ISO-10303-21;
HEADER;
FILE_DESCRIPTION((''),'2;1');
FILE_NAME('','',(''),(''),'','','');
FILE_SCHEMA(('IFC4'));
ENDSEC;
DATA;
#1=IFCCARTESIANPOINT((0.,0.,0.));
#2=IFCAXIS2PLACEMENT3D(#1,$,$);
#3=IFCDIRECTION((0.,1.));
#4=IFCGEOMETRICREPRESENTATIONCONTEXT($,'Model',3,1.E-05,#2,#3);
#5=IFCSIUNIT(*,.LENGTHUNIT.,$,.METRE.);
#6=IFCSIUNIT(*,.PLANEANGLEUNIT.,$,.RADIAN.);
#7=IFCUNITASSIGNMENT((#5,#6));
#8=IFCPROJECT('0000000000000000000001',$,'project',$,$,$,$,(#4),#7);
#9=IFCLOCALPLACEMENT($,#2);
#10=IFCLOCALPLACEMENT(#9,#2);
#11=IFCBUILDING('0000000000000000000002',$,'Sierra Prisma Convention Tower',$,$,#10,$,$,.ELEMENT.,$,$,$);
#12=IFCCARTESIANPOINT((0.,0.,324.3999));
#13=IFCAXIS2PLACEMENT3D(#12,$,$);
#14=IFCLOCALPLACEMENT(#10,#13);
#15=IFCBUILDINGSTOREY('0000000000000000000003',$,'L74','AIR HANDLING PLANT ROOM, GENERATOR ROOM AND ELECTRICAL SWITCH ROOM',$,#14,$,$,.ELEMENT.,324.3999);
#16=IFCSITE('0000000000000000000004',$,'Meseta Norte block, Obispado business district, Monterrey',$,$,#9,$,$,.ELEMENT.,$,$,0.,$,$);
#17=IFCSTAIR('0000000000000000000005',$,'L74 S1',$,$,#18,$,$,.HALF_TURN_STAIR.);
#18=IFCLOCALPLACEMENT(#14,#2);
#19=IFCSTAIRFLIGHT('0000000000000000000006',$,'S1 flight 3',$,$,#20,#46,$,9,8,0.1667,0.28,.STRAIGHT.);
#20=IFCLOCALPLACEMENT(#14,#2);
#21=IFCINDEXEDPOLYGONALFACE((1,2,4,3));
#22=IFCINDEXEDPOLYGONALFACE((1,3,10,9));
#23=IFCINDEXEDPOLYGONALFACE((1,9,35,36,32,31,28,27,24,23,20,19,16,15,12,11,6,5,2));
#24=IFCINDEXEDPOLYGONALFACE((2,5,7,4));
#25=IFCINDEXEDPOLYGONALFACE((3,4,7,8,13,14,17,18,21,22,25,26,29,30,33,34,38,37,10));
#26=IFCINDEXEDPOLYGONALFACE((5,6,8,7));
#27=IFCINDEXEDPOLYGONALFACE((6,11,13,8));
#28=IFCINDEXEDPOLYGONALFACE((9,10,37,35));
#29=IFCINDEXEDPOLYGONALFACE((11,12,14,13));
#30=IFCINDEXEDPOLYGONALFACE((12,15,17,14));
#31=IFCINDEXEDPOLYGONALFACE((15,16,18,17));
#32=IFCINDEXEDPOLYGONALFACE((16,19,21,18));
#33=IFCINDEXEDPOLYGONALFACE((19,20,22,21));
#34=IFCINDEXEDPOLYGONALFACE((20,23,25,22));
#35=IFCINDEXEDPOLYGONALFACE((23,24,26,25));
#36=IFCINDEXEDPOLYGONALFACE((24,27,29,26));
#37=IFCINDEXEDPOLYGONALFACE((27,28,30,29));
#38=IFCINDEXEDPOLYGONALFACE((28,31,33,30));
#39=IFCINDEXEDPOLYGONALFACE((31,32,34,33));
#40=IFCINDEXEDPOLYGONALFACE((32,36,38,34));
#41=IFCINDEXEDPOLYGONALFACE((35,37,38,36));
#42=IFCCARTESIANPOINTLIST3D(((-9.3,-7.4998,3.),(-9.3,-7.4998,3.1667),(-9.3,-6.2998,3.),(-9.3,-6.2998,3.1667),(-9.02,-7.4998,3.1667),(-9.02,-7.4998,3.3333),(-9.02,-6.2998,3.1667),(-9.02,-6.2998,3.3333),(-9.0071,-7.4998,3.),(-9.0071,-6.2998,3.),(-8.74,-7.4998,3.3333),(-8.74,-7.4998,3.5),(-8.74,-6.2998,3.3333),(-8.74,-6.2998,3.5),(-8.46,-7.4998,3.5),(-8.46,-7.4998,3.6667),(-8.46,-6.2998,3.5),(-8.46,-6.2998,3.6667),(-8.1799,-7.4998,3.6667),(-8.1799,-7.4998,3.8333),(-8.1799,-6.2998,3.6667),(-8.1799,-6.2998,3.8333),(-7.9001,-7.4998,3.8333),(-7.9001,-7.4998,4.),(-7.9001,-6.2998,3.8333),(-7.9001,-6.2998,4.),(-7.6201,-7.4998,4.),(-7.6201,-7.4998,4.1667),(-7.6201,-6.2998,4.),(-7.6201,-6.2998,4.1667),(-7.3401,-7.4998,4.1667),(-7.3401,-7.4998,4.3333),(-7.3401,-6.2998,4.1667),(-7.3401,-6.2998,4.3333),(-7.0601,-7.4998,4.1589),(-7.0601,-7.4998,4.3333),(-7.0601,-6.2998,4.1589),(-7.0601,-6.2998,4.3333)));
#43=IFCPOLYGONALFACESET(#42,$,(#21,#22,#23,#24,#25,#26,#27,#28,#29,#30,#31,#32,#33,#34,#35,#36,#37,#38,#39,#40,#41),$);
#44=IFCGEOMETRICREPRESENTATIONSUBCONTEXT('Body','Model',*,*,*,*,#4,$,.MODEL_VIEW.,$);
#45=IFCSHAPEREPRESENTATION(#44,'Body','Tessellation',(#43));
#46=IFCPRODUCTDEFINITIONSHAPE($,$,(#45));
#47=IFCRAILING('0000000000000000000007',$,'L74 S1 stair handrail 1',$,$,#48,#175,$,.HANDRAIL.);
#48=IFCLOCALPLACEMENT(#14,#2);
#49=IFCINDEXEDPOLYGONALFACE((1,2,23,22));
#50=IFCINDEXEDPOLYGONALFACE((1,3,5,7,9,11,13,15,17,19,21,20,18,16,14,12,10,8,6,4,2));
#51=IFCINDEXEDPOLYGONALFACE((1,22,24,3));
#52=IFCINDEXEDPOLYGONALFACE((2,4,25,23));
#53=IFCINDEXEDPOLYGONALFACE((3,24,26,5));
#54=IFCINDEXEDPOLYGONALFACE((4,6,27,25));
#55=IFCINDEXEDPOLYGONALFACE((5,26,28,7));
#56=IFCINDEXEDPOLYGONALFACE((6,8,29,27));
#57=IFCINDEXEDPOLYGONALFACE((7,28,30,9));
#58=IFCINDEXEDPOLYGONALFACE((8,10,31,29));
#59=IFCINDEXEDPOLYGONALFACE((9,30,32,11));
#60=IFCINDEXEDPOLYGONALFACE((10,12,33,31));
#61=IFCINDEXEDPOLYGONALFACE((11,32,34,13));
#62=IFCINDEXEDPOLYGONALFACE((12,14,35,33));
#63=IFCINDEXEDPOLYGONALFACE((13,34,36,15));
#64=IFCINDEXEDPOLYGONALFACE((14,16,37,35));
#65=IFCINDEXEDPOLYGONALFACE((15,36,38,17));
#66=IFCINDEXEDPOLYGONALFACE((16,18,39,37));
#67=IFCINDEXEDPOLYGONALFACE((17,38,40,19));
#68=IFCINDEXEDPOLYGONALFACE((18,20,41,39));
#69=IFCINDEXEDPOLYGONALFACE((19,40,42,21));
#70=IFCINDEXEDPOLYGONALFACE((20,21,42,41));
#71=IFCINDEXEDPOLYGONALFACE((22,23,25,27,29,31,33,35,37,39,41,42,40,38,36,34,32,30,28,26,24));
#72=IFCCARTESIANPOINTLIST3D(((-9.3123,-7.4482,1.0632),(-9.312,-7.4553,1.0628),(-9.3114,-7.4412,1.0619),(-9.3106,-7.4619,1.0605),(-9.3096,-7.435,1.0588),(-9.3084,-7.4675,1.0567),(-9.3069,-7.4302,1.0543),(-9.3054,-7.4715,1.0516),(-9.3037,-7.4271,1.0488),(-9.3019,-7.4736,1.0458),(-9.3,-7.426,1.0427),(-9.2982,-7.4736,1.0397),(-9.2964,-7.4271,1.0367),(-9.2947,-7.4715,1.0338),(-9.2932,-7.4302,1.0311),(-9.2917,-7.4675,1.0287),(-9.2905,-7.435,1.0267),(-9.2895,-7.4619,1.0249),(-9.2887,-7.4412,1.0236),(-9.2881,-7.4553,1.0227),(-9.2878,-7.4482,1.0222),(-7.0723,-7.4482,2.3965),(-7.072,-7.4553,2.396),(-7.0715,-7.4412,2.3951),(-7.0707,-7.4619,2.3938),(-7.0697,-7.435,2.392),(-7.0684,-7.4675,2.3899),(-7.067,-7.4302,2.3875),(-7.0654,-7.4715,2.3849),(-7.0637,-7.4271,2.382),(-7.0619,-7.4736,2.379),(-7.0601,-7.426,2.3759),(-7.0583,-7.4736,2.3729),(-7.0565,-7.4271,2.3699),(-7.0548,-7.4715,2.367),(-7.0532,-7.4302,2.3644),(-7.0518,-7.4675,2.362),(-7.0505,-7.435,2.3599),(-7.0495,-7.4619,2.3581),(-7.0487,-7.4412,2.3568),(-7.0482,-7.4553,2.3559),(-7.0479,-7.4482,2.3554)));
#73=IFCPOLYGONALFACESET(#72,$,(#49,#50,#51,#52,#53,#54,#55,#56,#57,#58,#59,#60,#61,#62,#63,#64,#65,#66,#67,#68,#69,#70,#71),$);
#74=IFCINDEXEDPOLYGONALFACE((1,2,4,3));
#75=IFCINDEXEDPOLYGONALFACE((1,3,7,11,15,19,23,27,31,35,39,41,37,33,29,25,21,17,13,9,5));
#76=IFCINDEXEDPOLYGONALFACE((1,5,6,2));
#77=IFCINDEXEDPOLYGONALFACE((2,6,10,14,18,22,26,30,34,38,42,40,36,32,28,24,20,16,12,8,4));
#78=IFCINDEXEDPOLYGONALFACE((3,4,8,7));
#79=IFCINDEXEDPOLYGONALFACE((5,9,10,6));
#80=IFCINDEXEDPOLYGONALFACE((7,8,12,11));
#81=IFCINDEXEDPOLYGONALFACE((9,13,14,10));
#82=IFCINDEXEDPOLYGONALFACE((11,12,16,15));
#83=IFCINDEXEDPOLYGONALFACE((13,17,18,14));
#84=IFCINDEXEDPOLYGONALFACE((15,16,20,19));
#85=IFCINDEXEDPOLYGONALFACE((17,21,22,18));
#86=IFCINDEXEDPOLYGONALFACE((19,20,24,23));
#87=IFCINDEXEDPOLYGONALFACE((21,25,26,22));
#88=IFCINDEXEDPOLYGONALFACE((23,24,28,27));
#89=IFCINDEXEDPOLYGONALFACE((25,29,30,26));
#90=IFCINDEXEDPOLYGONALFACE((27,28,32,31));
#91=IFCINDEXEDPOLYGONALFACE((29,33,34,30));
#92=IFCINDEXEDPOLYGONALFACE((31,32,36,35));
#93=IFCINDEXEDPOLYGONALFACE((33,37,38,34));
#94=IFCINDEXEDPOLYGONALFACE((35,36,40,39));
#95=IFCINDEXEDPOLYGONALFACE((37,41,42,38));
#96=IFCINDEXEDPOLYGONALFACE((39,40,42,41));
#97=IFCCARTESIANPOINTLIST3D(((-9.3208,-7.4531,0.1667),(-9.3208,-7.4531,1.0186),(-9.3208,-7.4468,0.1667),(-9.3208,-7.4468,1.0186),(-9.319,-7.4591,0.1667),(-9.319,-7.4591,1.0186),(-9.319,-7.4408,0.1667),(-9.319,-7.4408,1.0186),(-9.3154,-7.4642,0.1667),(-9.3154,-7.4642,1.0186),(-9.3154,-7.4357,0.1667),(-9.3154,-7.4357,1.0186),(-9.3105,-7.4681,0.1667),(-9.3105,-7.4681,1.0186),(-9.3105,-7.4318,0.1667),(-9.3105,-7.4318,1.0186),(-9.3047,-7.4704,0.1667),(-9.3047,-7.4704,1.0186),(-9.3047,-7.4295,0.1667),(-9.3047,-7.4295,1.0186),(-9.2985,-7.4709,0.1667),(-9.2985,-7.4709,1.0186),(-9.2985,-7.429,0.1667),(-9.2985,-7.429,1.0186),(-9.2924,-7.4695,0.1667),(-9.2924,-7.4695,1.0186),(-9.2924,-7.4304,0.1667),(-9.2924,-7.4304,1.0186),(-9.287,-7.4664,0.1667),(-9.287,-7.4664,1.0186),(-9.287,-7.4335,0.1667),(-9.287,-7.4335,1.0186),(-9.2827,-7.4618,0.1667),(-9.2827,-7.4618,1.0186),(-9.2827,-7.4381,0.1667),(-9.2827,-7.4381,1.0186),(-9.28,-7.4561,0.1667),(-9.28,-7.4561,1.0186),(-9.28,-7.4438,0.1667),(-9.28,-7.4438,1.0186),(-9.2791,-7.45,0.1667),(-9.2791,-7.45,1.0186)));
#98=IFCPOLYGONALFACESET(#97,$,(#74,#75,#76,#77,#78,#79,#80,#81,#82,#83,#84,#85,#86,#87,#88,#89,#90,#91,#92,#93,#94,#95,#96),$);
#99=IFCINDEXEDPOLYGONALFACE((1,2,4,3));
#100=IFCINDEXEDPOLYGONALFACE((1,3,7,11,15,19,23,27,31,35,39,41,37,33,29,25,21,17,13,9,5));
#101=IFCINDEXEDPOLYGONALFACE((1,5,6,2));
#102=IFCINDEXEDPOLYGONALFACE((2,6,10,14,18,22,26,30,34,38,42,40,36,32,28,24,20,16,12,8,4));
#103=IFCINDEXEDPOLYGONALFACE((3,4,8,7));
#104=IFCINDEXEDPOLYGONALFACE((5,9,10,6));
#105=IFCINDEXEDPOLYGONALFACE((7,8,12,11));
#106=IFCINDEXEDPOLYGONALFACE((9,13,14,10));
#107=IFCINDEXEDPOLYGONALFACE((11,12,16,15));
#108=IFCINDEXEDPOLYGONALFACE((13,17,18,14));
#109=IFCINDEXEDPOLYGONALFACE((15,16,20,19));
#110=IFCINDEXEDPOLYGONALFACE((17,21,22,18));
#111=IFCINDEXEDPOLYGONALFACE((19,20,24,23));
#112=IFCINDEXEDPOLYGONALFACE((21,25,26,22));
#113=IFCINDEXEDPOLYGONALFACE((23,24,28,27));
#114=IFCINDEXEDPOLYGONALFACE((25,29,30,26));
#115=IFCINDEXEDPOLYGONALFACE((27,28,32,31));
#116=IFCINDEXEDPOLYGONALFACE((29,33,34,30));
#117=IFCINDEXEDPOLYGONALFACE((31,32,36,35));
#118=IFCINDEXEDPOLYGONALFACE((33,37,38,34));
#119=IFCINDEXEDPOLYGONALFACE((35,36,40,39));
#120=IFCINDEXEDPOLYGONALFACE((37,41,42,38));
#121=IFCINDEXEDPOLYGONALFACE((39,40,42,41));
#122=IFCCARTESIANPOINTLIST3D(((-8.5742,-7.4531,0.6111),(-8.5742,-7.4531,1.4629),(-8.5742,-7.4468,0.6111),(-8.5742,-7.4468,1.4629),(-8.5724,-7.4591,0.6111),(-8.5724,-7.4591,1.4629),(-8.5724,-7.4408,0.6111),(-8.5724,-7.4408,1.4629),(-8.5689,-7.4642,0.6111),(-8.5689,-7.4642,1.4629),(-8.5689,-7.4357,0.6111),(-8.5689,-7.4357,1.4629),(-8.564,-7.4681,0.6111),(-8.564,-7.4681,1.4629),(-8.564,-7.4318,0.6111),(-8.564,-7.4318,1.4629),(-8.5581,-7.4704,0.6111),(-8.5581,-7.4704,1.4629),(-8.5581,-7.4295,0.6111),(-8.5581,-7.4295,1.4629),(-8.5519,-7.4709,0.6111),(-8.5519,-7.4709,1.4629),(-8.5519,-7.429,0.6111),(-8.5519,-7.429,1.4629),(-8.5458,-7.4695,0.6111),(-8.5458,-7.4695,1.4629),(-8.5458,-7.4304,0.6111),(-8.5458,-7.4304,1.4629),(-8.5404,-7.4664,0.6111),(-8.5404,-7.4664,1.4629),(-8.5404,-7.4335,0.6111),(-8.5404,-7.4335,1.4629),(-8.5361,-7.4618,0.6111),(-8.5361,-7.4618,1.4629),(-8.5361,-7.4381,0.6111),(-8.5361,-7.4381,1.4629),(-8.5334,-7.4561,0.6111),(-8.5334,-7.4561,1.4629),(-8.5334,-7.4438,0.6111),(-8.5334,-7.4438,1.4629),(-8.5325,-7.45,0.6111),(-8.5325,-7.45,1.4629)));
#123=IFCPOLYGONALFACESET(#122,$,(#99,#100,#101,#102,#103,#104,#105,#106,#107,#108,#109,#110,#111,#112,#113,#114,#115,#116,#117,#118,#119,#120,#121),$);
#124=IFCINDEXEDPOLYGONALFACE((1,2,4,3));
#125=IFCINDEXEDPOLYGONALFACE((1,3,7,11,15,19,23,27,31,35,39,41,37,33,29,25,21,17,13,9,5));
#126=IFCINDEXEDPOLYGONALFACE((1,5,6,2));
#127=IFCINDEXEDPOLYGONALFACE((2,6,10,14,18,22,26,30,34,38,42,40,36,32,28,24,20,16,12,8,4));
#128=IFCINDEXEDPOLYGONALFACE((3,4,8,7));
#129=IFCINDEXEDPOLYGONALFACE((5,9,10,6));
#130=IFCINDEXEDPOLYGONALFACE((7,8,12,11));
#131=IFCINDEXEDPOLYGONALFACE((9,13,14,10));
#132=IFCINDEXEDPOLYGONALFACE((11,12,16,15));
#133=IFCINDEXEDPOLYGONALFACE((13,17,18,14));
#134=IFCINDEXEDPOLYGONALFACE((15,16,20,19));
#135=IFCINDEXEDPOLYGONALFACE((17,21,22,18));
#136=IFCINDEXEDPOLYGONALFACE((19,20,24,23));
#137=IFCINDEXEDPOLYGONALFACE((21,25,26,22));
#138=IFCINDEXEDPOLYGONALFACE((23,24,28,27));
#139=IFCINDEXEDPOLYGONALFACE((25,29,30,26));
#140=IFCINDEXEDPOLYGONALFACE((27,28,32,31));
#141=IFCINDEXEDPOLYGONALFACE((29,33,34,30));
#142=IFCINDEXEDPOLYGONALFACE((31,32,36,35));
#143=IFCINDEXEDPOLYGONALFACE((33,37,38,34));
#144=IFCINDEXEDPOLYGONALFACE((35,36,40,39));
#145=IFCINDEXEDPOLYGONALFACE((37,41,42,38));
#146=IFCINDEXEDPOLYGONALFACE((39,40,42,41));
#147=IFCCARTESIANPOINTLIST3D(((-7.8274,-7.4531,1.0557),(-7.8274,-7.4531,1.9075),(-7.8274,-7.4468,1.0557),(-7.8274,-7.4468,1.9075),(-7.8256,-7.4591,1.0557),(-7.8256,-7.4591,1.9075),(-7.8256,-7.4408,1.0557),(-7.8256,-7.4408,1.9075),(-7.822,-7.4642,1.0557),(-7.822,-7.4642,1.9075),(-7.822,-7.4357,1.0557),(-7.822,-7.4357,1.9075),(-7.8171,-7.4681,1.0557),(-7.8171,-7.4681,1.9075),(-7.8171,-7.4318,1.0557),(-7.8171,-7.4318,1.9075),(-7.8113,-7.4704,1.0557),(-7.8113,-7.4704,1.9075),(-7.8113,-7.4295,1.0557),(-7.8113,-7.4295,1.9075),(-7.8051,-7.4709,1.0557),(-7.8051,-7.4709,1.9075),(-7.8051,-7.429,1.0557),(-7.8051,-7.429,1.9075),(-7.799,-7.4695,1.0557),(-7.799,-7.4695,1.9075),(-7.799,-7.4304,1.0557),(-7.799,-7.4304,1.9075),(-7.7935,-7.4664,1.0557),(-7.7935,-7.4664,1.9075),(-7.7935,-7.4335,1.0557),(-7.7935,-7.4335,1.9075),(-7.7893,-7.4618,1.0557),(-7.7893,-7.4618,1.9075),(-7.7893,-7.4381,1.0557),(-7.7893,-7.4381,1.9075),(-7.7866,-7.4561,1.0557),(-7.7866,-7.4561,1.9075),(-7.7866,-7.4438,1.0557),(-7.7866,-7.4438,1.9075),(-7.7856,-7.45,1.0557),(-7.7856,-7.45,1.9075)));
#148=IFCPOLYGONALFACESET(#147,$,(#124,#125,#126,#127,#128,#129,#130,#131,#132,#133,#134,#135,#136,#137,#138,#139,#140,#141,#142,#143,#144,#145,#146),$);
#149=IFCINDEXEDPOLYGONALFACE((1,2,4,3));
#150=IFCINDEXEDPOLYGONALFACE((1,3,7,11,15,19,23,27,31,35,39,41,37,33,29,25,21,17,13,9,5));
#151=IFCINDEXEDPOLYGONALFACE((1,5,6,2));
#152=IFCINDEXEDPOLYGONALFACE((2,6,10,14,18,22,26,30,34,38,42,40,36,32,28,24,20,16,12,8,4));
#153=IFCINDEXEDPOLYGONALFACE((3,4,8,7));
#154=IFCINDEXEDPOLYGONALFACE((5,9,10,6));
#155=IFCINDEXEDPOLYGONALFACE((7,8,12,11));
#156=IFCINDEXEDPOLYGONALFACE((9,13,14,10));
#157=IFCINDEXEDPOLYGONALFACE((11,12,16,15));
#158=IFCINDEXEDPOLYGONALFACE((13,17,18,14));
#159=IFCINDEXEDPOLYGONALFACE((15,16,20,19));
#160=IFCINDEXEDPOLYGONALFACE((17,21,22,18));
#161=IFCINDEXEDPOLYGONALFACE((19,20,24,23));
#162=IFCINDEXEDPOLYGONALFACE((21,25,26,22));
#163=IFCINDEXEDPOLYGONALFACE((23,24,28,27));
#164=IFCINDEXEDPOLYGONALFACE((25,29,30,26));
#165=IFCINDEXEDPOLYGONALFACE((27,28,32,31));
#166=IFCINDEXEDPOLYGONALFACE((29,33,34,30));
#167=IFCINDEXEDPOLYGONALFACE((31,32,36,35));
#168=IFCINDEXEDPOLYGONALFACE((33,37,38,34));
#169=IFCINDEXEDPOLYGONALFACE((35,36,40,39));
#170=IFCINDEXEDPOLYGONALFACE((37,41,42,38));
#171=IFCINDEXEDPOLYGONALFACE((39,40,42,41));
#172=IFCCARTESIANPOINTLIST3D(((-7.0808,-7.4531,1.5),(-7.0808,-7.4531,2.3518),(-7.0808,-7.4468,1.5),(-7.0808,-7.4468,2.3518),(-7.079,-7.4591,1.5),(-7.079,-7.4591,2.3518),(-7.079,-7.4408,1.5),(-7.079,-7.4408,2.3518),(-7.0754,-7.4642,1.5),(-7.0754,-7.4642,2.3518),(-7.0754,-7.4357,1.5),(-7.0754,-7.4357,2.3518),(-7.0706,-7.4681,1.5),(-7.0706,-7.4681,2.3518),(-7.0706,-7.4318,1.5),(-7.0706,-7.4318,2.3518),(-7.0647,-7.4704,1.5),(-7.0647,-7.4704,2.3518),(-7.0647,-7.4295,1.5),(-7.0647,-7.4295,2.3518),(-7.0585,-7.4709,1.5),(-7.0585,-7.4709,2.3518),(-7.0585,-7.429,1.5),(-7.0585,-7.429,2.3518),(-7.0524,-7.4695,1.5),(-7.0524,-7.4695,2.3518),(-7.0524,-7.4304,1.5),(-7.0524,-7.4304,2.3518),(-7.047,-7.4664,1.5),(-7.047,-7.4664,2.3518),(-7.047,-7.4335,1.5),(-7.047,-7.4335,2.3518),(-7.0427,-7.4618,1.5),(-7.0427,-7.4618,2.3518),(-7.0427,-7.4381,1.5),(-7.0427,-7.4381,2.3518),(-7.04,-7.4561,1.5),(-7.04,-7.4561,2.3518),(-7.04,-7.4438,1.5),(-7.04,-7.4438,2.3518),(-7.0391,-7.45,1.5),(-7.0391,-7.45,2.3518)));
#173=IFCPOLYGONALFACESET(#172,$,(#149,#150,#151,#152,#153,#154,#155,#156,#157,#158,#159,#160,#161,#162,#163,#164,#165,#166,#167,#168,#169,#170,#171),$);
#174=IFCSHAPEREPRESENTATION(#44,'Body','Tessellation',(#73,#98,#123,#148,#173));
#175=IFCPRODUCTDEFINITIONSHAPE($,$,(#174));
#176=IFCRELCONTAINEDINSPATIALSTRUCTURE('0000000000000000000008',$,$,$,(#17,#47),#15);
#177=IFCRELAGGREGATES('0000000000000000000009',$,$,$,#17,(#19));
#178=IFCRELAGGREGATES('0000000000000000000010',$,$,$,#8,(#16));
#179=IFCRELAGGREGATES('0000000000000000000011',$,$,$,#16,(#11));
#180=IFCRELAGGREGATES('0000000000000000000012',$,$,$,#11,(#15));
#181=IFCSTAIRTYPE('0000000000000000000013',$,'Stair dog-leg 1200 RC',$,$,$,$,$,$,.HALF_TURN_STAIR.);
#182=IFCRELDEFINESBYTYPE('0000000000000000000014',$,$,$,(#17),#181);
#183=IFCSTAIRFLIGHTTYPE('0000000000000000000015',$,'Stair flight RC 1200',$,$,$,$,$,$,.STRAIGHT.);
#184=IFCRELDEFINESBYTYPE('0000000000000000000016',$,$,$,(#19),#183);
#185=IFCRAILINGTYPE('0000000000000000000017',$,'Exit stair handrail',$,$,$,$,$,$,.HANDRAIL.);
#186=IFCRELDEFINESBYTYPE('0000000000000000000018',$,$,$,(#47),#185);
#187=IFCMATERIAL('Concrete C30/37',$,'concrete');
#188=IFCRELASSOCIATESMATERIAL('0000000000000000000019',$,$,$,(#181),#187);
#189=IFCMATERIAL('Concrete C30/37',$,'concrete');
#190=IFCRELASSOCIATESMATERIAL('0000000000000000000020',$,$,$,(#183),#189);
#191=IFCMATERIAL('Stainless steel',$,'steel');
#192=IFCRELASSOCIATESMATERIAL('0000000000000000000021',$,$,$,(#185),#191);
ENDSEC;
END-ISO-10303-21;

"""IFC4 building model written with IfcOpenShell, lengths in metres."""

from ifc_helpers import new_model, si_unit, direction, frame, origin, origin_2d, place, context, subcontext, project, spatial, polyline, circle, outline, extrude, material, type_object, element, aggregate, save


model = new_model("IFC4")

# Units and contexts
model_context = context("Model", 3, precision=1e-05, world=origin(), true_north=direction((0.0, 1.0)))
body_context = subcontext(model_context, "Body", "Model", "MODEL_VIEW")
ifc_project = project(units=[si_unit("LENGTHUNIT", "METRE"), si_unit("PLANEANGLEUNIT", "RADIAN")], contexts=[model_context])

# Site, building, storey
site_placement = place(None, origin())
site = spatial("IfcSite", under=ifc_project, at=site_placement, Name="Meseta Norte block, Obispado business district, Monterrey", CompositionType="ELEMENT", RefElevation=0.0)
building_placement = place(site_placement, origin())
building = spatial("IfcBuilding", under=site, at=building_placement, Name="Sierra Prisma Convention Tower", CompositionType="ELEMENT")
storey_placement = place(building_placement, frame((0.0, 0.0, 324.3999)))
storey = spatial("IfcBuildingStorey", under=building, at=storey_placement, Name="L74", Description="AIR HANDLING PLANT ROOM, GENERATOR ROOM AND ELECTRICAL SWITCH ROOM", CompositionType="ELEMENT", Elevation=324.3999)

# Stair, stair flight
ifc_material_1 = material(Name="Concrete C30/37", Category="concrete")
stair_type = type_object("IfcStairType", Name="Stair dog-leg 1200 RC", PredefinedType="HALF_TURN_STAIR", material=ifc_material_1)
stair_placement = place(storey_placement, origin())
stair = element("IfcStair", 1, at=stair_placement, inside=storey, type_object=stair_type, Name="L74 S1", PredefinedType="HALF_TURN_STAIR")
ifc_material_2 = material(Name="Concrete C30/37", Category="concrete")
stair_flight_type = type_object("IfcStairFlightType", Name="Stair flight RC 1200", PredefinedType="STRAIGHT", material=ifc_material_2)
stair_flight_1_placement = place(storey_placement, frame((-9.3, -6.8999, 3.0), z_axis=(0.0, 0.0, 1.0), x_axis=(1.0, 0.0, 0.0)))
stair_flight_1 = element("IfcStairFlight", 2, at=stair_flight_1_placement, type_object=stair_flight_type, Name="S1 flight 3", NumberOfRisers=9, NumberOfTreads=8, PredefinedType="STRAIGHT", RiserHeight=0.1667, TreadLength=0.28, context=body_context, shape_type="SweptSolid", body=[
    extrude(outline(polyline([(0.0, 0.0), (0.0, 0.1667), (0.28, 0.1667), (0.28, 0.3333), (0.5601, 0.3333), (0.5601, 0.5), (0.8401, 0.5), (0.8401, 0.6667), (1.1201, 0.6667), (1.1201, 0.8333), (1.3999, 0.8333), (1.3999, 1.0), (1.6799, 1.0), (1.6799, 1.1667), (1.96, 1.1667), (1.96, 1.3333), (2.24, 1.3333), (2.24, 1.5), (2.24, 1.1589), (0.293, 0.0), (0.0, 0.0)])), frame((0.0, 0.6001, 0.0), z_axis=(0.0, -1.0, 0.0), x_axis=(1.0, 0.0, 0.0)), (0.0, 0.0, 1.0), 1.2),
])
aggregate(stair, [stair_flight_1])

# Railing
ifc_material_3 = material(Name="Stainless steel", Category="steel")
railing_type_1 = type_object("IfcRailingType", Name="Exit stair handrail", PredefinedType="HANDRAIL", material=ifc_material_3)
for number, where, name in (
    (3, (-9.3, -7.45, 0.1667), "L74 S1 stair handrail 1"),
):
    element("IfcRailing", number, at=place(storey_placement, frame(where)), inside=storey, type_object=railing_type_1, Name=name, PredefinedType="HANDRAIL", context=body_context, shape_type="SweptSolid", body=[
        extrude(circle(Radius=0.0239, at=origin_2d()), frame((0.0, 0.0, 0.876), z_axis=(0.859306, 0.0, 0.511462), x_axis=(0.0, 1.0, 0.0)), (0.0, 0.0, 1.0), 2.6067),
        extrude(circle(Radius=0.021, at=origin_2d()), origin(), (0.0, 0.0, 1.0), 0.8518),
        extrude(circle(Radius=0.021, at=origin_2d()), frame((0.7466, 0.0, 0.4443)), (0.0, 0.0, 1.0), 0.8518),
        extrude(circle(Radius=0.021, at=origin_2d()), frame((1.4934, 0.0, 0.8889)), (0.0, 0.0, 1.0), 0.8518),
        extrude(circle(Radius=0.021, at=origin_2d()), frame((2.24, 0.0, 1.3333)), (0.0, 0.0, 1.0), 0.8518),
    ])

save(model, "model.ifc")
